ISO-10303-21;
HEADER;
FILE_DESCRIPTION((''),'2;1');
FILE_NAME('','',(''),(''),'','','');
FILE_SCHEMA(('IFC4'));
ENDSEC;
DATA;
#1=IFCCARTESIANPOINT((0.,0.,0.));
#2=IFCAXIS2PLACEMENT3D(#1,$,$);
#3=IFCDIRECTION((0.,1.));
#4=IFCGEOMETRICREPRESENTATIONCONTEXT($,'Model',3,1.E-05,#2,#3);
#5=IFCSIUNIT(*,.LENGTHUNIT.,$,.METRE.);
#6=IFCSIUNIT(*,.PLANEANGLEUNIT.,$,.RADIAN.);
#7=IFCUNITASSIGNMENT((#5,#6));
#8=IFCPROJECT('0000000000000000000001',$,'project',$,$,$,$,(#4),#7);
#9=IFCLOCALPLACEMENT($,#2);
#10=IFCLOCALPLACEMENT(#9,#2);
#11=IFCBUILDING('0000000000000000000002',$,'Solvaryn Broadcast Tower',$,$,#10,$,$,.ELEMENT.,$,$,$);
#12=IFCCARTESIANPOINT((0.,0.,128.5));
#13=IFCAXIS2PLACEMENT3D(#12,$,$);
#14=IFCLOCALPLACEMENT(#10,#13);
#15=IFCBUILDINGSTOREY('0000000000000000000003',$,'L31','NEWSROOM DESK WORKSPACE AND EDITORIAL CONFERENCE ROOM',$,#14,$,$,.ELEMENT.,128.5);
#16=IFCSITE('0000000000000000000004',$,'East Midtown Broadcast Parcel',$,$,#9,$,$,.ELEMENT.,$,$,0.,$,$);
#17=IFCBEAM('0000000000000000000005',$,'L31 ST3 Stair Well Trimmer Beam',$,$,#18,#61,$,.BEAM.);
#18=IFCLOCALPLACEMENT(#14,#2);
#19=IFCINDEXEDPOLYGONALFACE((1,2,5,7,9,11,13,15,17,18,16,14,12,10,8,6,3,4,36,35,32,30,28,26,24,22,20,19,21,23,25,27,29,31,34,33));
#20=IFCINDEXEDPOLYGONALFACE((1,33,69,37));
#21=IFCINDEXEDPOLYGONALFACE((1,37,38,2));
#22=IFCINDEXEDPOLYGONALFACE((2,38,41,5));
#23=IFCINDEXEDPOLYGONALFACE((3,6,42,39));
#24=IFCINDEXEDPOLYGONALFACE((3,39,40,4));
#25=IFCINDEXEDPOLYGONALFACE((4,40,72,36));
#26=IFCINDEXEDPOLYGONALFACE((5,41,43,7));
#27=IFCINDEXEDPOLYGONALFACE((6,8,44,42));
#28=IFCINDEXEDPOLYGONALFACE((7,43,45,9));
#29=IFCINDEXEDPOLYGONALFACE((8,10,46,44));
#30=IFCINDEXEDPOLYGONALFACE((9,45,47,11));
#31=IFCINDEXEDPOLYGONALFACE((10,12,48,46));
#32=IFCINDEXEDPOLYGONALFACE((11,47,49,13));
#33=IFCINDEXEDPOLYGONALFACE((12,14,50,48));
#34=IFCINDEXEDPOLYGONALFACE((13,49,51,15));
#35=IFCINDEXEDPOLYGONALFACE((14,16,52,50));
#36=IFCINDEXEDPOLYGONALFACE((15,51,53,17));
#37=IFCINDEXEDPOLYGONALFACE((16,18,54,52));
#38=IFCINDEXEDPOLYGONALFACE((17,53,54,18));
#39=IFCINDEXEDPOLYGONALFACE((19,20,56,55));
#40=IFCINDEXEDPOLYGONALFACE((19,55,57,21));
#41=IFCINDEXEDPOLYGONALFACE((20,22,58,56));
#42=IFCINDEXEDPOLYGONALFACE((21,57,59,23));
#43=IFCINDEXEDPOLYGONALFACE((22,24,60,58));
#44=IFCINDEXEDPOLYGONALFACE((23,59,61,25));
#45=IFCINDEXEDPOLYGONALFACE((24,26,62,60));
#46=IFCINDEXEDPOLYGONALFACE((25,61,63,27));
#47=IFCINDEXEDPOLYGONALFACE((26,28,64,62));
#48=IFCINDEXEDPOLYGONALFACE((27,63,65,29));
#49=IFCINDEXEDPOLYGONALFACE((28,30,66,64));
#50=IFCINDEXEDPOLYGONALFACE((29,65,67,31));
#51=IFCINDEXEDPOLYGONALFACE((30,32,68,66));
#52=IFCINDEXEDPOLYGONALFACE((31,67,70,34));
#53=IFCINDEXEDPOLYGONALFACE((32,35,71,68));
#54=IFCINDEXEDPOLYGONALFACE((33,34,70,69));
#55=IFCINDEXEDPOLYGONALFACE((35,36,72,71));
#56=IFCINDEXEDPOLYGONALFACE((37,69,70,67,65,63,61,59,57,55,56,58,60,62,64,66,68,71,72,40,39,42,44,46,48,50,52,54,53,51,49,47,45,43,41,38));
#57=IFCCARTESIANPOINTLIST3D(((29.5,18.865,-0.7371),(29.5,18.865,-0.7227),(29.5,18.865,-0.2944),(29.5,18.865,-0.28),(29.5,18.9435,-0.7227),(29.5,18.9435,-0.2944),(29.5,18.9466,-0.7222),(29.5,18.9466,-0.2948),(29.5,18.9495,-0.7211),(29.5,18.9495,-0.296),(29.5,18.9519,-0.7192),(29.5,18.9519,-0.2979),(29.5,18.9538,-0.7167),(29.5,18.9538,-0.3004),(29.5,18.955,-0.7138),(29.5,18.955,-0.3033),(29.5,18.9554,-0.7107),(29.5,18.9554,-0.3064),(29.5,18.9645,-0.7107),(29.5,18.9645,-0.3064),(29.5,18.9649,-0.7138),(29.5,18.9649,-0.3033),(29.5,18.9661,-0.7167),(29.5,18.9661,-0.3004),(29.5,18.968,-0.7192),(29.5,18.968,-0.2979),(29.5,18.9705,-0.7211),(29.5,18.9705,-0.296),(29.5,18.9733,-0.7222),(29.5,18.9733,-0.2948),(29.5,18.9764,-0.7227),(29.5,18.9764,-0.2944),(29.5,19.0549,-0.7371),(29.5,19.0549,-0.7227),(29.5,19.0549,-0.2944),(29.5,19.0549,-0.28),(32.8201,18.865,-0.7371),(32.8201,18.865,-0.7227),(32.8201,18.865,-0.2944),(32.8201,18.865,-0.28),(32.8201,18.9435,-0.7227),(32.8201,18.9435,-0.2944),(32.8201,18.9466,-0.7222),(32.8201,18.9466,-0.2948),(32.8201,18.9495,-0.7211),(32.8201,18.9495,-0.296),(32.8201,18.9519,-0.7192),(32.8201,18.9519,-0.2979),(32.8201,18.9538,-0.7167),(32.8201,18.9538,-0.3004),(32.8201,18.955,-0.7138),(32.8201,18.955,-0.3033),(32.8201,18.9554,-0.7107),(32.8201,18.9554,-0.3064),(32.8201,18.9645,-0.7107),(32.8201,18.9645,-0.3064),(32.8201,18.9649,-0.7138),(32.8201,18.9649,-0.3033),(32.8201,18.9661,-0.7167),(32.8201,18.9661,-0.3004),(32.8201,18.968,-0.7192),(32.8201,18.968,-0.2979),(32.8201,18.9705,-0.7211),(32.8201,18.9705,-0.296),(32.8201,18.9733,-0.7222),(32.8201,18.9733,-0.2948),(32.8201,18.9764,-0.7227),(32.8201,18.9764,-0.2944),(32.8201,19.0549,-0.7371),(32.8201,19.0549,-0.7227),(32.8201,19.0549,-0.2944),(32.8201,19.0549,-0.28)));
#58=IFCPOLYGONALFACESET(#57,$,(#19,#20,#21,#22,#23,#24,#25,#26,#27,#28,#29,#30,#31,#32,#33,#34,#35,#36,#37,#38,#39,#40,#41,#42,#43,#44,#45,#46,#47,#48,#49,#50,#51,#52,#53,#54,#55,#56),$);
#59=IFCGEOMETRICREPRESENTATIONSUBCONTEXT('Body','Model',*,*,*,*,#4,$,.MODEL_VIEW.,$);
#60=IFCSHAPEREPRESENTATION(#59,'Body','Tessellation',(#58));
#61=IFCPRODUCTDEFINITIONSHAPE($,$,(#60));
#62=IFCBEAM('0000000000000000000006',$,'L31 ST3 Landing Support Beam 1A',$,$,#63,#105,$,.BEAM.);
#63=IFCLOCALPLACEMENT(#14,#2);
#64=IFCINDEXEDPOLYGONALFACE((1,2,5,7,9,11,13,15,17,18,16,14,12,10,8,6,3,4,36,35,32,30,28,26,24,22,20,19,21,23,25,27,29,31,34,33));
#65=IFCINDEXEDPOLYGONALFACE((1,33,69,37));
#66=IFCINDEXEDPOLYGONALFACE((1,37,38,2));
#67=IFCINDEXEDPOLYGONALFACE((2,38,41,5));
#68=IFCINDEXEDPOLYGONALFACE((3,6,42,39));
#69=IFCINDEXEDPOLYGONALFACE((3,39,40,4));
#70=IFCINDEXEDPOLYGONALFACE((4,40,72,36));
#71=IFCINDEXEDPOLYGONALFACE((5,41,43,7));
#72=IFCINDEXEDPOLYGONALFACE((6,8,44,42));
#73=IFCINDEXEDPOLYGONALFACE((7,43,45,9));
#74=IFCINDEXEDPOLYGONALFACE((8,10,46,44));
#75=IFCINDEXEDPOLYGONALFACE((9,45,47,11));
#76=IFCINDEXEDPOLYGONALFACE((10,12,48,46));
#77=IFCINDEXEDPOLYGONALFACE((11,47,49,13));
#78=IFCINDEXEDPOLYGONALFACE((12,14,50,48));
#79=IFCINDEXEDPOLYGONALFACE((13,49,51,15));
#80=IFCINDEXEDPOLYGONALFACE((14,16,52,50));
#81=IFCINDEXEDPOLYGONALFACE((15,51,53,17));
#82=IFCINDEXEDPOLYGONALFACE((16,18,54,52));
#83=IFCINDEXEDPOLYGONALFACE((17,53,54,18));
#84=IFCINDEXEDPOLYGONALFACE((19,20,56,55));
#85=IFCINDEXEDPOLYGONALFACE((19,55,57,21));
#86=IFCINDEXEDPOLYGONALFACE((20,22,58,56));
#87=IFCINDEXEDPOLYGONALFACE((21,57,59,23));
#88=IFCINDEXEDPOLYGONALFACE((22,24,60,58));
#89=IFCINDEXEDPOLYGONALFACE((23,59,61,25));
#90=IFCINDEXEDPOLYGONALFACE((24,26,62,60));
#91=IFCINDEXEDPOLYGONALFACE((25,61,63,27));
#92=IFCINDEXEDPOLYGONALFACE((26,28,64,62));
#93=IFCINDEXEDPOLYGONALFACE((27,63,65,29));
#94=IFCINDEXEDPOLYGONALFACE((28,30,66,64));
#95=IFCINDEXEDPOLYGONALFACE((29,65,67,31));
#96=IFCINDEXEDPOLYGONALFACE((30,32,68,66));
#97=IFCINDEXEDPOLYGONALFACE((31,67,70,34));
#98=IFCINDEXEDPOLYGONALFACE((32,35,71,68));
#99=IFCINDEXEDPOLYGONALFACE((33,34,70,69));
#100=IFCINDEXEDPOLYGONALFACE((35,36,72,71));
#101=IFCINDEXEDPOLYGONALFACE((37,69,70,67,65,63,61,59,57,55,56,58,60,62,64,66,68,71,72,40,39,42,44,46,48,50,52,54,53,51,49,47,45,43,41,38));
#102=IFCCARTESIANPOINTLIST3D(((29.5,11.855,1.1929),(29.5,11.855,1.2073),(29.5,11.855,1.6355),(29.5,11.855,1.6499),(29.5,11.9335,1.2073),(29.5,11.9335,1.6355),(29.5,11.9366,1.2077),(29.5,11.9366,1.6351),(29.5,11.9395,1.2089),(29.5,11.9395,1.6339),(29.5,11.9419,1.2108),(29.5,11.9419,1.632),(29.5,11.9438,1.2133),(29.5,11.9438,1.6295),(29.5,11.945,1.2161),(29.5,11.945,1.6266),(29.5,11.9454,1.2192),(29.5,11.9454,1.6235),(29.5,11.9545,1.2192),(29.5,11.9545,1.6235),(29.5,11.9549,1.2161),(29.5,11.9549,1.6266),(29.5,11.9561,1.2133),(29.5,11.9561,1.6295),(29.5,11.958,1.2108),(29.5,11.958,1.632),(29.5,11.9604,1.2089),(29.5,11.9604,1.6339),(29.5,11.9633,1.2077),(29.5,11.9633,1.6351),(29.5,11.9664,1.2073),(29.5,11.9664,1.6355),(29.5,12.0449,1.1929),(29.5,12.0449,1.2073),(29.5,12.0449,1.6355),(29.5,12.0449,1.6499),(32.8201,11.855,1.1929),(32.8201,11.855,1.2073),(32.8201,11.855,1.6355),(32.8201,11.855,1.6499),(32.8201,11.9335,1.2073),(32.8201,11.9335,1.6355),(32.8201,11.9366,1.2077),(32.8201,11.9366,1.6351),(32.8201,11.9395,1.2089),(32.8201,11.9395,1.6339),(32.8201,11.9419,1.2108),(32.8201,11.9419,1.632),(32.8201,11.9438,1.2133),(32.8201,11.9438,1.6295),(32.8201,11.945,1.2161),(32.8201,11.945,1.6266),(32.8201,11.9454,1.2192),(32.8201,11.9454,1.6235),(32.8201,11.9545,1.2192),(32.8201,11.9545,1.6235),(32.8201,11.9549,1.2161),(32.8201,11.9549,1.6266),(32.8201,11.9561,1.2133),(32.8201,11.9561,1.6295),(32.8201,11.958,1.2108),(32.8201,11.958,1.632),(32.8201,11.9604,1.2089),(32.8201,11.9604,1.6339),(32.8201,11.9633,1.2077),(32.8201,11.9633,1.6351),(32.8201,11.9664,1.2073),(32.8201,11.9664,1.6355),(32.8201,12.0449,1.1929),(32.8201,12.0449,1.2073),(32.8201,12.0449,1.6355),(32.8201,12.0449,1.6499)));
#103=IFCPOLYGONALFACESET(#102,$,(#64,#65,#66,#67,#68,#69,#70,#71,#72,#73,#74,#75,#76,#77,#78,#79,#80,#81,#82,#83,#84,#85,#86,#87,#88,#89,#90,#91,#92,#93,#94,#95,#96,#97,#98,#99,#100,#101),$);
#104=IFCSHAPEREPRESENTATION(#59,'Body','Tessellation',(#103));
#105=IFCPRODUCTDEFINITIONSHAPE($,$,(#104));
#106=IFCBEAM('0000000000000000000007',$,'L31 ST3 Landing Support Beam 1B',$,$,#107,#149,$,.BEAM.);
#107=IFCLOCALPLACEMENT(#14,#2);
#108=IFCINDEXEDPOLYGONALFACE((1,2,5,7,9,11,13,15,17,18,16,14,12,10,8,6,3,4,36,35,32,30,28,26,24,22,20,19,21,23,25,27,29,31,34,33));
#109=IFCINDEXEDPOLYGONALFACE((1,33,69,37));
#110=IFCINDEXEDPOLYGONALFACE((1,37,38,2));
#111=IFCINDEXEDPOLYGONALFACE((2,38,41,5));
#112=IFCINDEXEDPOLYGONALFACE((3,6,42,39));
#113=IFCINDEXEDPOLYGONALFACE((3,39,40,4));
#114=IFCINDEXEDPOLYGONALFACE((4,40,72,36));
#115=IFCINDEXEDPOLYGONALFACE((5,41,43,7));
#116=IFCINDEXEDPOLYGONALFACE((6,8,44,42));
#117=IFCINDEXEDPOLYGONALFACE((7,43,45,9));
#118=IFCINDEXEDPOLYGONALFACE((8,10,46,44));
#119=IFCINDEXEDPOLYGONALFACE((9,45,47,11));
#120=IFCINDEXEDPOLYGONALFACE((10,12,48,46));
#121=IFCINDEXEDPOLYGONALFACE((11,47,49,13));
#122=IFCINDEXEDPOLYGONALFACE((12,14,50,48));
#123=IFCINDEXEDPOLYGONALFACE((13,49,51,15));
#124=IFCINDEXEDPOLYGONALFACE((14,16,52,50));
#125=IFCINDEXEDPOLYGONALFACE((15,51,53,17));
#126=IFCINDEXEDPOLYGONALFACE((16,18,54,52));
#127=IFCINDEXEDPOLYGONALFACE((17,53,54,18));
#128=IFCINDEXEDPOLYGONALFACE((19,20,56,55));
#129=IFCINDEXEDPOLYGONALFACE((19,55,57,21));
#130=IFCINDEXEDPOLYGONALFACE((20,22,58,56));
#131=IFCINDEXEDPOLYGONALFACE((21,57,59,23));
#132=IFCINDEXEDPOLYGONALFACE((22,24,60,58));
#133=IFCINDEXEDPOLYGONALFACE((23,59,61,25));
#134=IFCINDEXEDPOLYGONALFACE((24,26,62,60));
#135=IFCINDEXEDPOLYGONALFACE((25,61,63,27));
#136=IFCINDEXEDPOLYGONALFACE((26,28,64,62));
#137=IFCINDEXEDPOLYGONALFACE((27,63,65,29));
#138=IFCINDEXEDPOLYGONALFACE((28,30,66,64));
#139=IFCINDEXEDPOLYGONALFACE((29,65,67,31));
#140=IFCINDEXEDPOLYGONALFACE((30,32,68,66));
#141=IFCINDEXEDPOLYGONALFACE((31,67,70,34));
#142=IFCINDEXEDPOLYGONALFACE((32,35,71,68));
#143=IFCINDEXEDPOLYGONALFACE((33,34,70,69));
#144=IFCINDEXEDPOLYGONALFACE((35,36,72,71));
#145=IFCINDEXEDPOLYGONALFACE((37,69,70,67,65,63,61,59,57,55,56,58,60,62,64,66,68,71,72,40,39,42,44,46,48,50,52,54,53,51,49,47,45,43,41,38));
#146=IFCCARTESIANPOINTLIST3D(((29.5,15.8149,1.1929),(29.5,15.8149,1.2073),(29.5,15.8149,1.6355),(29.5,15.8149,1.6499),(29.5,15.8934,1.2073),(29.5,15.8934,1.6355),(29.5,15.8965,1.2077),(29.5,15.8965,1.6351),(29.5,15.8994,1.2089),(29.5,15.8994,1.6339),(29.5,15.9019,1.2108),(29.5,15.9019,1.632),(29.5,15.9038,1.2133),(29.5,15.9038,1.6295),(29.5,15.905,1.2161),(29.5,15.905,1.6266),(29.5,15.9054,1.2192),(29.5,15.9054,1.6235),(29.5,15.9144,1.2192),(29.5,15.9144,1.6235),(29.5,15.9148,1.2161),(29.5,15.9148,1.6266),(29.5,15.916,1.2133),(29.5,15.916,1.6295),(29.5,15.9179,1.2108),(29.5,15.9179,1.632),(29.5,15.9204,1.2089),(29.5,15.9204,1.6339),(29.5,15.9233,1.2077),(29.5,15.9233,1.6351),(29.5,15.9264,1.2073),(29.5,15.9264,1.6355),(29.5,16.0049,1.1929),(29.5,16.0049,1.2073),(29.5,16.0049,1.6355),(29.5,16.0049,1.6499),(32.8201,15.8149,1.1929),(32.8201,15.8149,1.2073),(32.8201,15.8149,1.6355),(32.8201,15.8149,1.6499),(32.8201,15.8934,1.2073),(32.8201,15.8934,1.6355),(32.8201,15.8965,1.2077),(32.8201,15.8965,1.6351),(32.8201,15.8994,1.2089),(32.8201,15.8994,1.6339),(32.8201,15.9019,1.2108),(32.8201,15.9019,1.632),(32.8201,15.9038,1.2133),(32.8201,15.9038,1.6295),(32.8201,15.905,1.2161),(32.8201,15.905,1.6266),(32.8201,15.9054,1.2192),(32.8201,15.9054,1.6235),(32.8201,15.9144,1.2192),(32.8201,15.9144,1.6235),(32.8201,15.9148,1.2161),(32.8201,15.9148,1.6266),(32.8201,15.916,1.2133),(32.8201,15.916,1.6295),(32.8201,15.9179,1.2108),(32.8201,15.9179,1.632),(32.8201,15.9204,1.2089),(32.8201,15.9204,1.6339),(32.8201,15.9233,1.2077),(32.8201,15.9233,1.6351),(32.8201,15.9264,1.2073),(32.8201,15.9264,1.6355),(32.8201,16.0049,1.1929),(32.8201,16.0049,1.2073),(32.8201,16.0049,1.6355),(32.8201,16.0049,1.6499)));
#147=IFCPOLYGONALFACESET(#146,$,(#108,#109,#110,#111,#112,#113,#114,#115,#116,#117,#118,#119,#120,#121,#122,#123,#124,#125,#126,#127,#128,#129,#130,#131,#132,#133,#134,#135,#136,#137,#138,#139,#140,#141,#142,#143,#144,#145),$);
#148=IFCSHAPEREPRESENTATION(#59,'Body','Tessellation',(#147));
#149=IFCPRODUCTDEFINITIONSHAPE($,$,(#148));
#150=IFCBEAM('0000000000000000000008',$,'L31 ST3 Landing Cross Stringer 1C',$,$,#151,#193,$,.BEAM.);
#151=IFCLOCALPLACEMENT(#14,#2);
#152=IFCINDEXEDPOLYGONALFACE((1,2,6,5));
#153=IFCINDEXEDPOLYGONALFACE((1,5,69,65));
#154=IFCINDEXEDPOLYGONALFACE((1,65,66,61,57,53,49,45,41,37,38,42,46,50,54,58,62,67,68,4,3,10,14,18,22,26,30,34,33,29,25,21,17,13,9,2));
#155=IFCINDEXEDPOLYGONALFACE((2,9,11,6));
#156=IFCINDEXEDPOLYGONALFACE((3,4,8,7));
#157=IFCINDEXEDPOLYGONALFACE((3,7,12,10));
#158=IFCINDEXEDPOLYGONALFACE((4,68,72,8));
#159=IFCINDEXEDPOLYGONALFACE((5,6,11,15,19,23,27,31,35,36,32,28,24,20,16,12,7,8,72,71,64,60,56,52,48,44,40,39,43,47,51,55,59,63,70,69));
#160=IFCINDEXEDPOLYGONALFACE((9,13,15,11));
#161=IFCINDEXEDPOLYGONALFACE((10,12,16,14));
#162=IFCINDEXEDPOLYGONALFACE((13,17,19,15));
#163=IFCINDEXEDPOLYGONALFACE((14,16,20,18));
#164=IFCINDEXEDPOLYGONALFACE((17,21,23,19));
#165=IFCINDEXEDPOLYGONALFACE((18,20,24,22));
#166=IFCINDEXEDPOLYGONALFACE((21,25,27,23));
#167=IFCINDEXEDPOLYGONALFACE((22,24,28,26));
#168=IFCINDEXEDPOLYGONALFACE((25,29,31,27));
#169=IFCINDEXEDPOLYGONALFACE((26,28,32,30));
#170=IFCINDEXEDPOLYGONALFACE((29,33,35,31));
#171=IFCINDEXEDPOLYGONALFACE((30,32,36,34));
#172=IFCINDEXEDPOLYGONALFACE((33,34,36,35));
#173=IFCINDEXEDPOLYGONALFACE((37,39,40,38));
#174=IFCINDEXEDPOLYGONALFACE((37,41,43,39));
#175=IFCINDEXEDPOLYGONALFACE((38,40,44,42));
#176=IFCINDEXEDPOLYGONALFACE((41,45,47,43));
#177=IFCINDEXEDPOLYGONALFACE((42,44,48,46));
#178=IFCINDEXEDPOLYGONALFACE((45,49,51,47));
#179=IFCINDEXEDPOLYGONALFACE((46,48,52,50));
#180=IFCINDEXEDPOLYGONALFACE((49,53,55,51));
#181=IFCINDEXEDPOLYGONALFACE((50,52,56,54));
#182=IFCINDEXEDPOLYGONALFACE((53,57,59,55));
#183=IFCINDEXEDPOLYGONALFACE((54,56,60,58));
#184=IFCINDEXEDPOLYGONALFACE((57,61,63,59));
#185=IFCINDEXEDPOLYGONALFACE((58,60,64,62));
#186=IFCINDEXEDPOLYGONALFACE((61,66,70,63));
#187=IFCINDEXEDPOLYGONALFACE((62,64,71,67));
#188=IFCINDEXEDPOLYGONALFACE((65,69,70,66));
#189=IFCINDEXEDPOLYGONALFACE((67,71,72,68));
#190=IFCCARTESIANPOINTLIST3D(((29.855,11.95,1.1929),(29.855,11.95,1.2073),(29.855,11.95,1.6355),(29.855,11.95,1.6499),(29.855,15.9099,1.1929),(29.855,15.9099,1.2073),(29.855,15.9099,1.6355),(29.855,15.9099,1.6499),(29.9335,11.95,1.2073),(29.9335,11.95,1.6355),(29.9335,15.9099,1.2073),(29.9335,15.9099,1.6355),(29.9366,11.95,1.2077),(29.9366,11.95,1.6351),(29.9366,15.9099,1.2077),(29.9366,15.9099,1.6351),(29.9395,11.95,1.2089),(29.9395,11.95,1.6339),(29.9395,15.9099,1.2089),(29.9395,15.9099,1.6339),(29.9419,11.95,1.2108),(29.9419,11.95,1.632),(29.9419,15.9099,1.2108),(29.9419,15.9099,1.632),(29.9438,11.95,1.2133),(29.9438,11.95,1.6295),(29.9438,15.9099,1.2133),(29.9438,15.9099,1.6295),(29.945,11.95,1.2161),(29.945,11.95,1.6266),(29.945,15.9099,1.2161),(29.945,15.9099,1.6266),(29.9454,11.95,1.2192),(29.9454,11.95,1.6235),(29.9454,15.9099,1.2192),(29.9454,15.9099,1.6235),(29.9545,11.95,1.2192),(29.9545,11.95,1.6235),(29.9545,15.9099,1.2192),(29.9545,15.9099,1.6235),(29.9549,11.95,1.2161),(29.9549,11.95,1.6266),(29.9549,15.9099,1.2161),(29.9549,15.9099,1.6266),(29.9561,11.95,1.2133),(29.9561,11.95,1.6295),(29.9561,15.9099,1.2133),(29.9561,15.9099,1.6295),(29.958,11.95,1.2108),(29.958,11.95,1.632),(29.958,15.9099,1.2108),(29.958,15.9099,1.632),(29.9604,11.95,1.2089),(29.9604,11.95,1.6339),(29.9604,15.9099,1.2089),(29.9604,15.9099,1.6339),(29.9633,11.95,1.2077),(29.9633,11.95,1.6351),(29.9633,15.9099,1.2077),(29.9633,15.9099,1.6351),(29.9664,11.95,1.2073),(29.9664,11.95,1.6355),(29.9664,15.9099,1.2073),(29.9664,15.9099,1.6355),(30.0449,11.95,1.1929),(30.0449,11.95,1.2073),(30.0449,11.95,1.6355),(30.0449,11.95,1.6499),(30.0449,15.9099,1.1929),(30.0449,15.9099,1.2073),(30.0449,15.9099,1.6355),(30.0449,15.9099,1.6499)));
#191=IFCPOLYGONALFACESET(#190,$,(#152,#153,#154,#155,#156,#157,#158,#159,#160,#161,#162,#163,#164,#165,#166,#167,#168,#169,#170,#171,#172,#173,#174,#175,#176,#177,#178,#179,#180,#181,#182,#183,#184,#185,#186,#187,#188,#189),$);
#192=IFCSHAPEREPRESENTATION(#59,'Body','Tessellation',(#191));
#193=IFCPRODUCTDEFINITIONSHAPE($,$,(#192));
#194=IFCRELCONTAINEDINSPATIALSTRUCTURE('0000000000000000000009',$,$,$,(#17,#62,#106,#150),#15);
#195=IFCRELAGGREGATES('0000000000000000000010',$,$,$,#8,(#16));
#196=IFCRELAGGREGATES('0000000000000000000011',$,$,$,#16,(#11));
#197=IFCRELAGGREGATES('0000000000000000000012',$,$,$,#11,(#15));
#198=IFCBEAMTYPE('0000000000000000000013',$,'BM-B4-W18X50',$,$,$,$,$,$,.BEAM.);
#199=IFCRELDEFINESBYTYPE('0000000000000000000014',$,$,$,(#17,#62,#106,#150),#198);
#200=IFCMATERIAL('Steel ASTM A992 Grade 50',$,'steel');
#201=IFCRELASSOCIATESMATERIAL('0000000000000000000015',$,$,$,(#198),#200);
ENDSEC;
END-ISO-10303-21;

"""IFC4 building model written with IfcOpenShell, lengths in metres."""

from ifc_helpers import new_model, si_unit, direction, frame, origin, origin_2d, place, context, subcontext, project, spatial, i_section, extrude, material, material_profile, profile_set, type_object, element, save


model = new_model("IFC4")

# Units and contexts
model_context = context("Model", 3, precision=1e-05, world=origin(), true_north=direction((0.0, 1.0)))
body_context = subcontext(model_context, "Body", "Model", "MODEL_VIEW")
ifc_project = project(units=[si_unit("LENGTHUNIT", "METRE"), si_unit("PLANEANGLEUNIT", "RADIAN")], contexts=[model_context])

# Site, building, storey
site_placement = place(None, origin())
site = spatial("IfcSite", under=ifc_project, at=site_placement, Name="East Midtown Broadcast Parcel", CompositionType="ELEMENT", RefElevation=0.0)
building_placement = place(site_placement, origin())
building = spatial("IfcBuilding", under=site, at=building_placement, Name="Solvaryn Broadcast Tower", CompositionType="ELEMENT")
storey_placement = place(building_placement, frame((0.0, 0.0, 128.5)))
storey = spatial("IfcBuildingStorey", under=building, at=storey_placement, Name="L31", Description="NEWSROOM DESK WORKSPACE AND EDITORIAL CONFERENCE ROOM", CompositionType="ELEMENT", Elevation=128.5)

# Beams
ifc_material_1 = material(Name="Steel ASTM A992 Grade 50", Category="steel")
ifc_material_profile_1 = material_profile(ifc_material_1, i_section(OverallWidth=0.1899, OverallDepth=0.457, WebThickness=0.009, FlangeThickness=0.0144, FilletRadius=0.012, at=origin_2d()))
ifc_profile_set_1 = profile_set([ifc_material_profile_1], Name="Steel ASTM A992 Grade 50")
beam_type_1 = type_object("IfcBeamType", Name="BM-B4-W18X50", PredefinedType="BEAM", material=ifc_profile_set_1)
for number, where, z_axis, x_axis, name in (
    (1, (29.5, 18.96, -0.5085), (1.0, 0.0, 0.0), (0.0, 1.0, 0.0), "L31 ST3 Stair Well Trimmer Beam"),
    (2, (29.5, 11.95, 1.4214), (1.0, 0.0, 0.0), (0.0, 1.0, 0.0), "L31 ST3 Landing Support Beam 1A"),
    (3, (29.5, 15.9099, 1.4214), (1.0, 0.0, 0.0), (0.0, 1.0, 0.0), "L31 ST3 Landing Support Beam 1B"),
):
    element("IfcBeam", number, at=place(storey_placement, frame(where, z_axis=z_axis, x_axis=x_axis)), inside=storey, type_object=beam_type_1, Name=name, PredefinedType="BEAM", context=body_context, shape_type="SweptSolid", body=[
        extrude(i_section(OverallWidth=0.1899, OverallDepth=0.457, WebThickness=0.009, FlangeThickness=0.0144, FilletRadius=0.012, at=origin_2d()), origin(), (0.0, 0.0, 1.0), 3.3201),
    ])
beam_1_placement = place(storey_placement, frame((29.95, 11.95, 1.4214), z_axis=(0.0, 1.0, 0.0), x_axis=(-1.0, 0.0, 0.0)))
element("IfcBeam", 4, at=beam_1_placement, inside=storey, type_object=beam_type_1, Name="L31 ST3 Landing Cross Stringer 1C", PredefinedType="BEAM", context=body_context, shape_type="SweptSolid", body=[
    extrude(i_section(OverallWidth=0.1899, OverallDepth=0.457, WebThickness=0.009, FlangeThickness=0.0144, FilletRadius=0.012, at=origin_2d()), origin(), (0.0, 0.0, 1.0), 3.96),
])

save(model, "model.ifc")
